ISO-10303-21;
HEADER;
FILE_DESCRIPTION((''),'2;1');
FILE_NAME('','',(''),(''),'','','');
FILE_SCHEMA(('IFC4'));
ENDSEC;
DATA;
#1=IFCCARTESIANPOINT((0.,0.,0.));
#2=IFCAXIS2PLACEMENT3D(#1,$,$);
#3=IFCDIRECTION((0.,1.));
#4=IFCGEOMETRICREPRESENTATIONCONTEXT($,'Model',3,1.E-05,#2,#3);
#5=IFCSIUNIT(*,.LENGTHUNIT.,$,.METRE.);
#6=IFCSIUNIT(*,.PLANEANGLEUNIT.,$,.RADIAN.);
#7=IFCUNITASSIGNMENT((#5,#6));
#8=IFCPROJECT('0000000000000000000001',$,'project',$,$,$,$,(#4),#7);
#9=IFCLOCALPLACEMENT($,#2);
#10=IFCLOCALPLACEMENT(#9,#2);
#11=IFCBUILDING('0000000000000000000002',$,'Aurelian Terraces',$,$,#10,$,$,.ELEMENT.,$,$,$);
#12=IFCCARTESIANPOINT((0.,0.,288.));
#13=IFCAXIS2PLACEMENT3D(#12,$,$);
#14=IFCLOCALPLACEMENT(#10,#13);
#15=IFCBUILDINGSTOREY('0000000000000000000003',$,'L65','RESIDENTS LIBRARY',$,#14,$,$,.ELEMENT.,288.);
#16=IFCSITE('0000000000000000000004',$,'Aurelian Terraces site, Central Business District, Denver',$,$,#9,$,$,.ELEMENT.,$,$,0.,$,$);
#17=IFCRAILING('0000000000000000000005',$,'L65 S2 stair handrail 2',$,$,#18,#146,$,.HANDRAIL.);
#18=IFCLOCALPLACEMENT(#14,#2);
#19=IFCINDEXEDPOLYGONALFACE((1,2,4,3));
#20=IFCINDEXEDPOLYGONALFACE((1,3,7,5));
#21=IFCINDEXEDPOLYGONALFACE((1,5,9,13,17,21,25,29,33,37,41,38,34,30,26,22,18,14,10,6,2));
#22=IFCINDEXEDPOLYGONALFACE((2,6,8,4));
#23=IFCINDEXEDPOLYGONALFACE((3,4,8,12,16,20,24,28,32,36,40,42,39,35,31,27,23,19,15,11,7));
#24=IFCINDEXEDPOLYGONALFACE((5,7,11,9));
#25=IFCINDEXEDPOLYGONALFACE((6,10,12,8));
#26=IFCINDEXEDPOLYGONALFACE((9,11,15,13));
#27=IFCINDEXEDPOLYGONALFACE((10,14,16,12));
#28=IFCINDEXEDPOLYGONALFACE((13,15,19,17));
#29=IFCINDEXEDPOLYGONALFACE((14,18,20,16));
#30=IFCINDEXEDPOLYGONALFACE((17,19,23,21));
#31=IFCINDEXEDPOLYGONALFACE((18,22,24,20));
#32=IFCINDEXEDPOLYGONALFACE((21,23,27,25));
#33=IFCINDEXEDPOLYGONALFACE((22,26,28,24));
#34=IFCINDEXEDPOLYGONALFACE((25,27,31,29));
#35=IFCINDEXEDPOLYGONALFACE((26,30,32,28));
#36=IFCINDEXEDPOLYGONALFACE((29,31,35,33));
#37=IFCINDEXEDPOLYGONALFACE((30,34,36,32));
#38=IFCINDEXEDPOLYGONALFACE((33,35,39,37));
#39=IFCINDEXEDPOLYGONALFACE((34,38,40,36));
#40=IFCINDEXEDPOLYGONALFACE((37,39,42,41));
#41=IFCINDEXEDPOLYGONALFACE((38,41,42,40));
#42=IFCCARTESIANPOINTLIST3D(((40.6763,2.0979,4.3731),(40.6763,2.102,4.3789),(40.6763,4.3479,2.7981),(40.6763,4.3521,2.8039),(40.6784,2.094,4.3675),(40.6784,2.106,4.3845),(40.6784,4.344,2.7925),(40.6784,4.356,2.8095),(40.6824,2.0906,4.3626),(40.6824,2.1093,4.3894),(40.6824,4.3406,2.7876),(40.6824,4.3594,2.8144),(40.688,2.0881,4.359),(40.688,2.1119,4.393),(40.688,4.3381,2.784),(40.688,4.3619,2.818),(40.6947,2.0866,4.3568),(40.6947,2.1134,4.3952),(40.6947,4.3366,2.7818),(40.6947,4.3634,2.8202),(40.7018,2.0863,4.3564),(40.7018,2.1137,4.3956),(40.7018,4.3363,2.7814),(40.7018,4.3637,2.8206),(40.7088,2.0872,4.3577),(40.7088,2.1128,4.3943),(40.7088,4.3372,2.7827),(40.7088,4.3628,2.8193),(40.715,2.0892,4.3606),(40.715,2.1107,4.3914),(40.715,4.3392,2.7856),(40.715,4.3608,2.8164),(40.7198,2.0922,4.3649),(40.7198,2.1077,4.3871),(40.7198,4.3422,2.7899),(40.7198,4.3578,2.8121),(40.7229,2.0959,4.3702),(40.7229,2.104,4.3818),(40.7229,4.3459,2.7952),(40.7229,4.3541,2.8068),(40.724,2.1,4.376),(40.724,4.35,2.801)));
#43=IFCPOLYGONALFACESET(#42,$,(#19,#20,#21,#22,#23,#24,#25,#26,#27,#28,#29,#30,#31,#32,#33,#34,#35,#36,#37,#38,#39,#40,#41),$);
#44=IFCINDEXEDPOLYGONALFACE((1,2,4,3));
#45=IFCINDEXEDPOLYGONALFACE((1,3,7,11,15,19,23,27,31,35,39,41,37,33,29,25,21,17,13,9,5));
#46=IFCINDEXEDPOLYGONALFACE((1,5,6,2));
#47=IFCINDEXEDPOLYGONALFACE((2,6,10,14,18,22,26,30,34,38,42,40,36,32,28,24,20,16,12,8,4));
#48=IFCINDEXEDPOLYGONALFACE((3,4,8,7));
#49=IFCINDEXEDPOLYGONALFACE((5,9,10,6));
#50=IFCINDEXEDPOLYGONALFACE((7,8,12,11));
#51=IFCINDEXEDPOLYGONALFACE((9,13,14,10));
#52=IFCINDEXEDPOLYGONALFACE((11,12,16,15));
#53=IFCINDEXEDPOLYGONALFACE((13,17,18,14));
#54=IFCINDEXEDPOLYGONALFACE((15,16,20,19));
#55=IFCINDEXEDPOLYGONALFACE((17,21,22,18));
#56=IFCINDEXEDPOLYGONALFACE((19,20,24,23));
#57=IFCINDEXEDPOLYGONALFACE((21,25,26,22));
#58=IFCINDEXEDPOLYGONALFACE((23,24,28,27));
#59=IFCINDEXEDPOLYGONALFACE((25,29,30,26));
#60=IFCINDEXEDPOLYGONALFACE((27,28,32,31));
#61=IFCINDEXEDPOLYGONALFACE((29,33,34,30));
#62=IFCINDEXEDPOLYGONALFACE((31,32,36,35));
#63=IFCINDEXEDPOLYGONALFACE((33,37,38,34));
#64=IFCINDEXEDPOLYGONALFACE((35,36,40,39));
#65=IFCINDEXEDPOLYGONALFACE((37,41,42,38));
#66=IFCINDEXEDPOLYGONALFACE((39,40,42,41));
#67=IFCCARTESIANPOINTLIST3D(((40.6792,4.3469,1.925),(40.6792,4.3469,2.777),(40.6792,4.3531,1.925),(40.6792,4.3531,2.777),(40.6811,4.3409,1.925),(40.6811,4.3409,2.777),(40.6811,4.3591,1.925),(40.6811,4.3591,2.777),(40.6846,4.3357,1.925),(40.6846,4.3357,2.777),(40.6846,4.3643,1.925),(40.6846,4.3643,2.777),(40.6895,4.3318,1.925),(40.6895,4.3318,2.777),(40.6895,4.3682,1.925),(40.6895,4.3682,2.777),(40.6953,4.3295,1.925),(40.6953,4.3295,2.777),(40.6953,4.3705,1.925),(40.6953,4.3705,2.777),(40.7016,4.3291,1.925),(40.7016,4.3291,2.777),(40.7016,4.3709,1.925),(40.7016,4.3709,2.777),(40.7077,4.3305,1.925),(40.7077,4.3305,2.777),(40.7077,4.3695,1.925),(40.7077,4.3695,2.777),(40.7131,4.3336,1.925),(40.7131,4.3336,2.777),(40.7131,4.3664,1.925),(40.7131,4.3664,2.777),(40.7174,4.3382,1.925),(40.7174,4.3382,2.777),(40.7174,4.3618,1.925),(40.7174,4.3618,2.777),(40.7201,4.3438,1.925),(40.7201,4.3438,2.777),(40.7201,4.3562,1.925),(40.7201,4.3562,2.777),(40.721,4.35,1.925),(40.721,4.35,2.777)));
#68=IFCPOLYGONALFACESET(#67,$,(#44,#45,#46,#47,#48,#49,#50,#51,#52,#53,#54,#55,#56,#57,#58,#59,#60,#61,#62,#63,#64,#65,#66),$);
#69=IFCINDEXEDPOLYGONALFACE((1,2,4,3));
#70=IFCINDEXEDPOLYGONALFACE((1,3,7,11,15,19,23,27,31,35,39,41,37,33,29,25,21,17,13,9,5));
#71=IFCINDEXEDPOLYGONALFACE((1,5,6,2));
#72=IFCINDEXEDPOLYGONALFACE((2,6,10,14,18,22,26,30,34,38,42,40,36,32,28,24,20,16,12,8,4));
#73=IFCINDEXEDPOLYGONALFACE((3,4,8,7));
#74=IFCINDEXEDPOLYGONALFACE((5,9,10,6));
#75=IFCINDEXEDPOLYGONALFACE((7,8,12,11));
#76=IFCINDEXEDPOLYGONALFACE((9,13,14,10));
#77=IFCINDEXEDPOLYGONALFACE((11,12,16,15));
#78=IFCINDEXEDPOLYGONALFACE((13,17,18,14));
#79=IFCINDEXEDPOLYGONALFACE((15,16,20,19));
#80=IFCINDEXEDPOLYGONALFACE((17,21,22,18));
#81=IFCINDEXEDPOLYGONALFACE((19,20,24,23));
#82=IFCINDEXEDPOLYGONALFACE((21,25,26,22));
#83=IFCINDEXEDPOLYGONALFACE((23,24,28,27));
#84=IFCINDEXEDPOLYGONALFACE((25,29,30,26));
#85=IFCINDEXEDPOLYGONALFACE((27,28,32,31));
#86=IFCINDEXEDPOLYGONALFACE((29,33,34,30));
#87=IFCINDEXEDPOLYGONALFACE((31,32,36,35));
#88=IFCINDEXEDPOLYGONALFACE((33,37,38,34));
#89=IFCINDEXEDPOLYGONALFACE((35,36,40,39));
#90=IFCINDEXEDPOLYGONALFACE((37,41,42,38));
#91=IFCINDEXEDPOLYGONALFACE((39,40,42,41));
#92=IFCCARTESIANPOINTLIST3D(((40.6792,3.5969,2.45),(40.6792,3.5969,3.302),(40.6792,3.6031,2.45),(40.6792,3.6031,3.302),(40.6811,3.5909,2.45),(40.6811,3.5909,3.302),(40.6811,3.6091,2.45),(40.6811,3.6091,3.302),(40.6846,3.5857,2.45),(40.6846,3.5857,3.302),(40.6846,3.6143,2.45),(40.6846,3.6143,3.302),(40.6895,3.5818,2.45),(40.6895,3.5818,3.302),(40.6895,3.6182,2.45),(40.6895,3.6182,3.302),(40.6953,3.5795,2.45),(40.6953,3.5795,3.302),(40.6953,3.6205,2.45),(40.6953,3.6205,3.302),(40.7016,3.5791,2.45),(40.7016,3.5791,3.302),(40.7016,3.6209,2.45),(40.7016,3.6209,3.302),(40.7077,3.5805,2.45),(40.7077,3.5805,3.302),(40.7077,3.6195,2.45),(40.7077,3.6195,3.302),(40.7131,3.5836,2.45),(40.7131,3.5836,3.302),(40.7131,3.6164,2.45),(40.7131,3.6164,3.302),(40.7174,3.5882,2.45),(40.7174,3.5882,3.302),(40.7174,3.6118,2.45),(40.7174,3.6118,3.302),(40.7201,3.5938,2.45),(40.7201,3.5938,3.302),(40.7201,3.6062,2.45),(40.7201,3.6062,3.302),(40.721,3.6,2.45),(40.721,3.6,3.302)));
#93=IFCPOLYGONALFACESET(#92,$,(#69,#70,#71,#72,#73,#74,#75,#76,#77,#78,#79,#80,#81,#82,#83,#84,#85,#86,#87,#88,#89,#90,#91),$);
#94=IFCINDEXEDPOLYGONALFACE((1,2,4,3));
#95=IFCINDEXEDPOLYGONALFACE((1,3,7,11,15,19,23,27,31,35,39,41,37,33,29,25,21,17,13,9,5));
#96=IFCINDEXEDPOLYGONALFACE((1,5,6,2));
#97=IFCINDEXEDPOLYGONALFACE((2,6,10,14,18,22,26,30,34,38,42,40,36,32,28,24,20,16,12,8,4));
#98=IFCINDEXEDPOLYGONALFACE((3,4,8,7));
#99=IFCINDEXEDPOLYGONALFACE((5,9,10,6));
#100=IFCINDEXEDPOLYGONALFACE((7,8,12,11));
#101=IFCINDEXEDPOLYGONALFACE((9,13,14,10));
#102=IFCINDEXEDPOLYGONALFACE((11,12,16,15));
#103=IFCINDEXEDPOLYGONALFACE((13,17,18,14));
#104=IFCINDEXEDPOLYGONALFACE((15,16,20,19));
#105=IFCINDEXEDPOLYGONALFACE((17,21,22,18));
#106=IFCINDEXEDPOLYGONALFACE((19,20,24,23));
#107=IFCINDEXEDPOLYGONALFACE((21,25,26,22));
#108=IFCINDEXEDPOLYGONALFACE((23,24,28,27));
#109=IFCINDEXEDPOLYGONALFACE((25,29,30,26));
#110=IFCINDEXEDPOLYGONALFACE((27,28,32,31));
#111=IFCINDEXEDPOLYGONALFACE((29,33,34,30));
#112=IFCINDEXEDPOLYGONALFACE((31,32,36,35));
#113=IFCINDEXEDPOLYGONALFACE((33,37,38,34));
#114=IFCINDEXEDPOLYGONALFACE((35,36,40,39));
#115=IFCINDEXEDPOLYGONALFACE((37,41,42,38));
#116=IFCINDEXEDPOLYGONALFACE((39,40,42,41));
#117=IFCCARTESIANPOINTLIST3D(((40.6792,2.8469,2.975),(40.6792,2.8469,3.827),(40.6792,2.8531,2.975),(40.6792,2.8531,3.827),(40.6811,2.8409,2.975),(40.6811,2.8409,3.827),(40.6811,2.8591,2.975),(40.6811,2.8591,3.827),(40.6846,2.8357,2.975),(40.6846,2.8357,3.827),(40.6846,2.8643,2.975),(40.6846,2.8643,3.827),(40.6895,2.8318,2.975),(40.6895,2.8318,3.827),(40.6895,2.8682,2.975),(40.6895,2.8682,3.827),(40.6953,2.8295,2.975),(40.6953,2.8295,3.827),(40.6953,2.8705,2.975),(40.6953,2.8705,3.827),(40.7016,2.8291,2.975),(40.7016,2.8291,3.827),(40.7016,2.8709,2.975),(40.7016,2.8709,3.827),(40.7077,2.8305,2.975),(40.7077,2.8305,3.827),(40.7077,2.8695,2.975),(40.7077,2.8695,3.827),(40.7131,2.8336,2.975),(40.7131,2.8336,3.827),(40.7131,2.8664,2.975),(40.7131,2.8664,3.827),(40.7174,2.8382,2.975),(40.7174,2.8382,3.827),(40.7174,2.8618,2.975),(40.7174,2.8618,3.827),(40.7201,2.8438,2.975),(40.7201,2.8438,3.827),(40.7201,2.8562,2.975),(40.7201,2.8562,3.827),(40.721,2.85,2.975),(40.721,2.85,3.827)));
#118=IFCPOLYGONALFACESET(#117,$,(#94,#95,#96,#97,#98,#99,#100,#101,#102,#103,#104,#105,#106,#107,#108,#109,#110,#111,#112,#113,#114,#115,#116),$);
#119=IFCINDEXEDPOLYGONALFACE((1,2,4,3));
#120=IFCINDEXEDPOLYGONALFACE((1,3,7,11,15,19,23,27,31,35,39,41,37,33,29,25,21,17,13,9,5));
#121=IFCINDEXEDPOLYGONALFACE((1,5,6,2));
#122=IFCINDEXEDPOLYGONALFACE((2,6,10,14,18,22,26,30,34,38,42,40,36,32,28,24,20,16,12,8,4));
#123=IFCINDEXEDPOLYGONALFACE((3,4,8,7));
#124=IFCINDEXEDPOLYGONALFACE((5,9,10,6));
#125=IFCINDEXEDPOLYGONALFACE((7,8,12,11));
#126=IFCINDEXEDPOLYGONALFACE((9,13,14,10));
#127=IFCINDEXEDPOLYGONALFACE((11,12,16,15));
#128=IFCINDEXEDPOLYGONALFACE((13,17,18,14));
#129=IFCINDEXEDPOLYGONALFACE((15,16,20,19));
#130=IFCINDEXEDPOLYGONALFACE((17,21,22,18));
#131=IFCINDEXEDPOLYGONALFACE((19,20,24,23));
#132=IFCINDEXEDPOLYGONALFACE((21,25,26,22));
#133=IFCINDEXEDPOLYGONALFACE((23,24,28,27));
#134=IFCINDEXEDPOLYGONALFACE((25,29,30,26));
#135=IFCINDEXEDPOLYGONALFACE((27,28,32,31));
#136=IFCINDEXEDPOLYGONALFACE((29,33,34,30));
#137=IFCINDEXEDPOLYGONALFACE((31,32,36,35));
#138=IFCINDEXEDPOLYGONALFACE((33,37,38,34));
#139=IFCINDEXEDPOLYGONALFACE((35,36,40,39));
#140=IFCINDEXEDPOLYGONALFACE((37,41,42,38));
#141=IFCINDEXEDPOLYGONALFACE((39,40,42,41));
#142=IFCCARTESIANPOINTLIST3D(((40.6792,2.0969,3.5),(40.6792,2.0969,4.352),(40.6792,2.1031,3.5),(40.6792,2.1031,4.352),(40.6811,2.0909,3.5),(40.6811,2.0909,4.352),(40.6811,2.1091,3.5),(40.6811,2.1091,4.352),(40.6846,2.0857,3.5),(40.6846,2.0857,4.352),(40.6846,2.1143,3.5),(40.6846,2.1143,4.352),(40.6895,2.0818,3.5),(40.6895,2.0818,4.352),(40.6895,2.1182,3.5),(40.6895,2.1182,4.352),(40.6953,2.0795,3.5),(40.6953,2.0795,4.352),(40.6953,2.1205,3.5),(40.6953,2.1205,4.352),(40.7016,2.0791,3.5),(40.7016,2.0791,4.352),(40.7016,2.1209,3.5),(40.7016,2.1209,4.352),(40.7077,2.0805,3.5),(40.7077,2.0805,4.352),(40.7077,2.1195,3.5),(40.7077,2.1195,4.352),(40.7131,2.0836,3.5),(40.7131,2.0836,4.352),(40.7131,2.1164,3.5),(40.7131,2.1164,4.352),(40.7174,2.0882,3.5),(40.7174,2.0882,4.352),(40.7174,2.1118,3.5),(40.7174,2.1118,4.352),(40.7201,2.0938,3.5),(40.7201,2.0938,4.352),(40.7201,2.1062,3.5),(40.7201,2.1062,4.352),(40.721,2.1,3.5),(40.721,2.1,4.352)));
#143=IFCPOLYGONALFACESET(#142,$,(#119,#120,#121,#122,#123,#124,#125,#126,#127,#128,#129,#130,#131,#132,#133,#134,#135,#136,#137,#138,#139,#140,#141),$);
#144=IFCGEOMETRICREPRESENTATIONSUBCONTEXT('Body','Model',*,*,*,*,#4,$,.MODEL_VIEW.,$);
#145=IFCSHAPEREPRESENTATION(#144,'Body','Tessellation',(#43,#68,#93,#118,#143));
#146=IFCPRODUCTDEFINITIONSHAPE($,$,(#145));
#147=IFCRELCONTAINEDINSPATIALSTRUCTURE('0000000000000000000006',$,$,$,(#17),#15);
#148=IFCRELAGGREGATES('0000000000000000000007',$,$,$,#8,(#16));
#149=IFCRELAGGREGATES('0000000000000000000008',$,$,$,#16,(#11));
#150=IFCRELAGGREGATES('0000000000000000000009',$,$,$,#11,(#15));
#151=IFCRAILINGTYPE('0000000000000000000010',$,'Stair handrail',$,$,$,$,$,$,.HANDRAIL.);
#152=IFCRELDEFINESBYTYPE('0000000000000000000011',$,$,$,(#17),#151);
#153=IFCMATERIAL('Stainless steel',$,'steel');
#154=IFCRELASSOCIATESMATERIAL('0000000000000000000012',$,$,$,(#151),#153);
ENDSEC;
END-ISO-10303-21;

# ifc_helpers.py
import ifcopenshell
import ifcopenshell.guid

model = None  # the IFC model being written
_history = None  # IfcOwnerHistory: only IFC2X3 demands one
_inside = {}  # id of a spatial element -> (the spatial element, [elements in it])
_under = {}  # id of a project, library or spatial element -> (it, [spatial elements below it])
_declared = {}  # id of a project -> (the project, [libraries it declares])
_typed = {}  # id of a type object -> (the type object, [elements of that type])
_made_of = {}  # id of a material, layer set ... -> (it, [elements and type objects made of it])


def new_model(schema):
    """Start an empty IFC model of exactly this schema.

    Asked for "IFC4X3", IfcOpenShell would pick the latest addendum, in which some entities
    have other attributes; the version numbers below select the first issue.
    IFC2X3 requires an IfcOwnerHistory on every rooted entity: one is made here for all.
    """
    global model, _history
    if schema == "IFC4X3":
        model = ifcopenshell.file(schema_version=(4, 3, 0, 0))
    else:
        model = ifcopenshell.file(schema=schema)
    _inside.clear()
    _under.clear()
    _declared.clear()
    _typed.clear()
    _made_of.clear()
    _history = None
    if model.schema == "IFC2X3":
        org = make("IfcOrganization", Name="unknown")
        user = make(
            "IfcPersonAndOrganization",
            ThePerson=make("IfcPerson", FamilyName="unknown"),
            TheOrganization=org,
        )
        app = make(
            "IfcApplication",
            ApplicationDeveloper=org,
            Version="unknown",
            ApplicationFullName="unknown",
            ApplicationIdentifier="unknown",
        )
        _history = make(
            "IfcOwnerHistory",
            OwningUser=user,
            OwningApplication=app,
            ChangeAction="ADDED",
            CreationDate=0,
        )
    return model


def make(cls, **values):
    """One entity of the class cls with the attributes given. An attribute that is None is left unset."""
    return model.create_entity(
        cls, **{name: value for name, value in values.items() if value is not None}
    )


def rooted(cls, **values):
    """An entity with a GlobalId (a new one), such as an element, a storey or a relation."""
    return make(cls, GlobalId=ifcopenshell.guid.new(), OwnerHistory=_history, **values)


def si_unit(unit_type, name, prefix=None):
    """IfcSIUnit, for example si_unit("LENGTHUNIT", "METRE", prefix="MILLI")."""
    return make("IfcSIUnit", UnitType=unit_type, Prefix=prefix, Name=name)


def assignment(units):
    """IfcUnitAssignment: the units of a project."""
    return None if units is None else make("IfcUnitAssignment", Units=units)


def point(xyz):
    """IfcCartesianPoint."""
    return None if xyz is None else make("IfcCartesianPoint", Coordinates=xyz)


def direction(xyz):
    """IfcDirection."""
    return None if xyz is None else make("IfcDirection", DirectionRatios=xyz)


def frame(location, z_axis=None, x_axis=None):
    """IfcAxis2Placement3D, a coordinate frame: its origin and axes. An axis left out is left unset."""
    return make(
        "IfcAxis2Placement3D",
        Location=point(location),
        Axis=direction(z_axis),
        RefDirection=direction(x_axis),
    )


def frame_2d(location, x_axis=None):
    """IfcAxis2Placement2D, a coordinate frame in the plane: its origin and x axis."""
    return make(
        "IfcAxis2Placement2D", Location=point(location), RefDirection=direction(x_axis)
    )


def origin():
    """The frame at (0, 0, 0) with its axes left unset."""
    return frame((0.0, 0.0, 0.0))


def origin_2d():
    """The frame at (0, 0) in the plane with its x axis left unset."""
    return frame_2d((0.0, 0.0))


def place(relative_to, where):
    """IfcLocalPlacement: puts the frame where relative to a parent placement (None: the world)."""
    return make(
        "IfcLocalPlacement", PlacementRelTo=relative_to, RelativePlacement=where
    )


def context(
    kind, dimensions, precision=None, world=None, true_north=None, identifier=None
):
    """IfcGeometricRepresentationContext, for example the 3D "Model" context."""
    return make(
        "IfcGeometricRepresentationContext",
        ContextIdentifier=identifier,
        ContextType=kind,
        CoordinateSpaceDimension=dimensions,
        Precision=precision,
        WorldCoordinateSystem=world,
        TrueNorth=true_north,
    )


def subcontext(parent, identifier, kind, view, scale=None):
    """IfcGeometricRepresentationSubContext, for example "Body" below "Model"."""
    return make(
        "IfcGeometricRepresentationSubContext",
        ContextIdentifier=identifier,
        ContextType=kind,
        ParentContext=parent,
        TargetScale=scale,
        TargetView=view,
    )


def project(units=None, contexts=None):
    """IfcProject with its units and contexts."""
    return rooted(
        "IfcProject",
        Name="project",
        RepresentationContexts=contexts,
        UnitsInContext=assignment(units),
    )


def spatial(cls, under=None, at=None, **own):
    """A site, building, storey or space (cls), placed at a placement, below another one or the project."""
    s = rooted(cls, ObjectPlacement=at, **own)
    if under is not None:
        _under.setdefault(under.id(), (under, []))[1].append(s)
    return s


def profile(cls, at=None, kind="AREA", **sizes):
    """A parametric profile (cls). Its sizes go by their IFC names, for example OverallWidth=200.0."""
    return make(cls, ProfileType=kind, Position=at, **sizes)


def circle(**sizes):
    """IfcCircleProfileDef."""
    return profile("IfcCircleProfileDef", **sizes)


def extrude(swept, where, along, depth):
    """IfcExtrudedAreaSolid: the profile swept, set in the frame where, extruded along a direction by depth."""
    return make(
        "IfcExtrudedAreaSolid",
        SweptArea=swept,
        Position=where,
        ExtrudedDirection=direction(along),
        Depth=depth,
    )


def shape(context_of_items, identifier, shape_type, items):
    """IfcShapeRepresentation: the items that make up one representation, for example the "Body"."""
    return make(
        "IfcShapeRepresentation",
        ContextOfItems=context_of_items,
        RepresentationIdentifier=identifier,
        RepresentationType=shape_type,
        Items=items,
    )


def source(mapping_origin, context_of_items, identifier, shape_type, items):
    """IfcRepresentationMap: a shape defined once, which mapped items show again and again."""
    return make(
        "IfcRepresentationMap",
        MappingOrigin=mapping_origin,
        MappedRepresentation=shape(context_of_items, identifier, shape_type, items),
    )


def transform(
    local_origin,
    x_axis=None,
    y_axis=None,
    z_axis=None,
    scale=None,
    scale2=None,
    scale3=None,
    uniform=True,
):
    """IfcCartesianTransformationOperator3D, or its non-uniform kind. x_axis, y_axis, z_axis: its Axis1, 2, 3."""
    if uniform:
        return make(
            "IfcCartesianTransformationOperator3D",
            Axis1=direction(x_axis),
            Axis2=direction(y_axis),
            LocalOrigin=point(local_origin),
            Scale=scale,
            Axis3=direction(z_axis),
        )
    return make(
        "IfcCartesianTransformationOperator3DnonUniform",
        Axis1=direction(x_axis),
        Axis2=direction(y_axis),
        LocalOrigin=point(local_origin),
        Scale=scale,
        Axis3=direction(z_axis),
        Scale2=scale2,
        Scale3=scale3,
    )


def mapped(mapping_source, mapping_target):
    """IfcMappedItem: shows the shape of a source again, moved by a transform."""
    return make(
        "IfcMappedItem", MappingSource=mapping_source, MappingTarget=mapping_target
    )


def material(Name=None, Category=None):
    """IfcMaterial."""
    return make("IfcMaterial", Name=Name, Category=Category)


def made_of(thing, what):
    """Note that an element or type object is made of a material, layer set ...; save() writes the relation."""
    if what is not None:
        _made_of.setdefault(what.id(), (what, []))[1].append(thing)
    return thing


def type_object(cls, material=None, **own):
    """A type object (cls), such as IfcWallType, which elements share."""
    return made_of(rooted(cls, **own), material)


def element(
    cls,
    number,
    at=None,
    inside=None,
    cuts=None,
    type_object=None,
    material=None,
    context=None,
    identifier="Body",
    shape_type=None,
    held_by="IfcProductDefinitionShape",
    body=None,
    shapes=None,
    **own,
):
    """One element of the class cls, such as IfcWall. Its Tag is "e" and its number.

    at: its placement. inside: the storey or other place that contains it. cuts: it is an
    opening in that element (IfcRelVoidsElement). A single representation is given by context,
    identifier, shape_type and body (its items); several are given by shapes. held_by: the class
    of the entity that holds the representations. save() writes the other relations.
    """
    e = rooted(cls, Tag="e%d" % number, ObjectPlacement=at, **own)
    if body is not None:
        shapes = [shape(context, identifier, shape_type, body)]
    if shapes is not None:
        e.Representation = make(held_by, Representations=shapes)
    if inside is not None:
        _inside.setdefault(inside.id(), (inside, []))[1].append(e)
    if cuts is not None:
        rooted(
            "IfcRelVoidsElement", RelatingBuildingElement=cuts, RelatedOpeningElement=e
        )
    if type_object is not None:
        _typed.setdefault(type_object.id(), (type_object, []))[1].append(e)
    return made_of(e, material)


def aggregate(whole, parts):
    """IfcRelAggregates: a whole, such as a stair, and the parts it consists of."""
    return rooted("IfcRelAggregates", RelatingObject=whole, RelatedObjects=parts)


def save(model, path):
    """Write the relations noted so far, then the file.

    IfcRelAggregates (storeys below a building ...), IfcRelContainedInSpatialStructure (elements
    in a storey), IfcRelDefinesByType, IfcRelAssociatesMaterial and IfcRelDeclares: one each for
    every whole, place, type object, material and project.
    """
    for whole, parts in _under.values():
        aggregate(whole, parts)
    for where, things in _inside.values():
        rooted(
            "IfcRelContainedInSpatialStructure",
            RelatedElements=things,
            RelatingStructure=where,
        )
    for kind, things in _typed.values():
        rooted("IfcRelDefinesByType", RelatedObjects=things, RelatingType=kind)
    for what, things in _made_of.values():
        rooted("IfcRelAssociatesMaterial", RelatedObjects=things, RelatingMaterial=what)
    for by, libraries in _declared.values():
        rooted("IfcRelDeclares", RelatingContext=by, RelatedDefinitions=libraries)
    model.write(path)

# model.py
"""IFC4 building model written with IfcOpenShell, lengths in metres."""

from ifc_helpers import new_model, si_unit, direction, frame, origin, origin_2d, place, context, subcontext, project, spatial, circle, extrude, source, transform, mapped, material, type_object, element, save


model = new_model("IFC4")

# Units and contexts
model_context = context("Model", 3, precision=1e-05, world=origin(), true_north=direction((0.0, 1.0)))
body_context = subcontext(model_context, "Body", "Model", "MODEL_VIEW")
ifc_project = project(units=[si_unit("LENGTHUNIT", "METRE"), si_unit("PLANEANGLEUNIT", "RADIAN")], contexts=[model_context])

# Site, building, storey
site_placement = place(None, origin())
site = spatial("IfcSite", under=ifc_project, at=site_placement, Name="Aurelian Terraces site, Central Business District, Denver", CompositionType="ELEMENT", RefElevation=0.0)
building_placement = place(site_placement, origin())
building = spatial("IfcBuilding", under=site, at=building_placement, Name="Aurelian Terraces", CompositionType="ELEMENT")
storey_placement = place(building_placement, frame((0.0, 0.0, 288.0)))
storey = spatial("IfcBuildingStorey", under=building, at=storey_placement, Name="L65", Description="RESIDENTS LIBRARY", CompositionType="ELEMENT", Elevation=288.0)

# Railing
ifc_material_1 = material(Name="Stainless steel", Category="steel")
railing_type_1 = type_object("IfcRailingType", Name="Stair handrail", PredefinedType="HANDRAIL", material=ifc_material_1)
shared_shape_1 = source(origin(), body_context, "Body", "SweptSolid", [
    extrude(circle(Radius=0.024, at=origin_2d()), frame((0.0, 0.0, 0.876), z_axis=(0.0, -0.819232, 0.573462), x_axis=(1.0, 0.0, 0.0)), (0.0, 0.0, 1.0), 2.7465),
    extrude(circle(Radius=0.021, at=origin_2d()), origin(), (0.0, 0.0, 1.0), 0.852),
    extrude(circle(Radius=0.021, at=origin_2d()), frame((0.0, -0.75, 0.525)), (0.0, 0.0, 1.0), 0.852),
    extrude(circle(Radius=0.021, at=origin_2d()), frame((0.0, -1.5, 1.05)), (0.0, 0.0, 1.0), 0.852),
    extrude(circle(Radius=0.021, at=origin_2d()), frame((0.0, -2.25, 1.575)), (0.0, 0.0, 1.0), 0.852),
])
railing_1_placement = place(storey_placement, frame((40.7, 4.35, 1.925)))
element("IfcRailing", 1, at=railing_1_placement, inside=storey, type_object=railing_type_1, Name="L65 S2 stair handrail 2", PredefinedType="HANDRAIL", context=body_context, shape_type="MappedRepresentation", body=[
    mapped(shared_shape_1, transform((0.0, 0.0, 0.0), scale=1.0)),
])

save(model, "model.ifc")
